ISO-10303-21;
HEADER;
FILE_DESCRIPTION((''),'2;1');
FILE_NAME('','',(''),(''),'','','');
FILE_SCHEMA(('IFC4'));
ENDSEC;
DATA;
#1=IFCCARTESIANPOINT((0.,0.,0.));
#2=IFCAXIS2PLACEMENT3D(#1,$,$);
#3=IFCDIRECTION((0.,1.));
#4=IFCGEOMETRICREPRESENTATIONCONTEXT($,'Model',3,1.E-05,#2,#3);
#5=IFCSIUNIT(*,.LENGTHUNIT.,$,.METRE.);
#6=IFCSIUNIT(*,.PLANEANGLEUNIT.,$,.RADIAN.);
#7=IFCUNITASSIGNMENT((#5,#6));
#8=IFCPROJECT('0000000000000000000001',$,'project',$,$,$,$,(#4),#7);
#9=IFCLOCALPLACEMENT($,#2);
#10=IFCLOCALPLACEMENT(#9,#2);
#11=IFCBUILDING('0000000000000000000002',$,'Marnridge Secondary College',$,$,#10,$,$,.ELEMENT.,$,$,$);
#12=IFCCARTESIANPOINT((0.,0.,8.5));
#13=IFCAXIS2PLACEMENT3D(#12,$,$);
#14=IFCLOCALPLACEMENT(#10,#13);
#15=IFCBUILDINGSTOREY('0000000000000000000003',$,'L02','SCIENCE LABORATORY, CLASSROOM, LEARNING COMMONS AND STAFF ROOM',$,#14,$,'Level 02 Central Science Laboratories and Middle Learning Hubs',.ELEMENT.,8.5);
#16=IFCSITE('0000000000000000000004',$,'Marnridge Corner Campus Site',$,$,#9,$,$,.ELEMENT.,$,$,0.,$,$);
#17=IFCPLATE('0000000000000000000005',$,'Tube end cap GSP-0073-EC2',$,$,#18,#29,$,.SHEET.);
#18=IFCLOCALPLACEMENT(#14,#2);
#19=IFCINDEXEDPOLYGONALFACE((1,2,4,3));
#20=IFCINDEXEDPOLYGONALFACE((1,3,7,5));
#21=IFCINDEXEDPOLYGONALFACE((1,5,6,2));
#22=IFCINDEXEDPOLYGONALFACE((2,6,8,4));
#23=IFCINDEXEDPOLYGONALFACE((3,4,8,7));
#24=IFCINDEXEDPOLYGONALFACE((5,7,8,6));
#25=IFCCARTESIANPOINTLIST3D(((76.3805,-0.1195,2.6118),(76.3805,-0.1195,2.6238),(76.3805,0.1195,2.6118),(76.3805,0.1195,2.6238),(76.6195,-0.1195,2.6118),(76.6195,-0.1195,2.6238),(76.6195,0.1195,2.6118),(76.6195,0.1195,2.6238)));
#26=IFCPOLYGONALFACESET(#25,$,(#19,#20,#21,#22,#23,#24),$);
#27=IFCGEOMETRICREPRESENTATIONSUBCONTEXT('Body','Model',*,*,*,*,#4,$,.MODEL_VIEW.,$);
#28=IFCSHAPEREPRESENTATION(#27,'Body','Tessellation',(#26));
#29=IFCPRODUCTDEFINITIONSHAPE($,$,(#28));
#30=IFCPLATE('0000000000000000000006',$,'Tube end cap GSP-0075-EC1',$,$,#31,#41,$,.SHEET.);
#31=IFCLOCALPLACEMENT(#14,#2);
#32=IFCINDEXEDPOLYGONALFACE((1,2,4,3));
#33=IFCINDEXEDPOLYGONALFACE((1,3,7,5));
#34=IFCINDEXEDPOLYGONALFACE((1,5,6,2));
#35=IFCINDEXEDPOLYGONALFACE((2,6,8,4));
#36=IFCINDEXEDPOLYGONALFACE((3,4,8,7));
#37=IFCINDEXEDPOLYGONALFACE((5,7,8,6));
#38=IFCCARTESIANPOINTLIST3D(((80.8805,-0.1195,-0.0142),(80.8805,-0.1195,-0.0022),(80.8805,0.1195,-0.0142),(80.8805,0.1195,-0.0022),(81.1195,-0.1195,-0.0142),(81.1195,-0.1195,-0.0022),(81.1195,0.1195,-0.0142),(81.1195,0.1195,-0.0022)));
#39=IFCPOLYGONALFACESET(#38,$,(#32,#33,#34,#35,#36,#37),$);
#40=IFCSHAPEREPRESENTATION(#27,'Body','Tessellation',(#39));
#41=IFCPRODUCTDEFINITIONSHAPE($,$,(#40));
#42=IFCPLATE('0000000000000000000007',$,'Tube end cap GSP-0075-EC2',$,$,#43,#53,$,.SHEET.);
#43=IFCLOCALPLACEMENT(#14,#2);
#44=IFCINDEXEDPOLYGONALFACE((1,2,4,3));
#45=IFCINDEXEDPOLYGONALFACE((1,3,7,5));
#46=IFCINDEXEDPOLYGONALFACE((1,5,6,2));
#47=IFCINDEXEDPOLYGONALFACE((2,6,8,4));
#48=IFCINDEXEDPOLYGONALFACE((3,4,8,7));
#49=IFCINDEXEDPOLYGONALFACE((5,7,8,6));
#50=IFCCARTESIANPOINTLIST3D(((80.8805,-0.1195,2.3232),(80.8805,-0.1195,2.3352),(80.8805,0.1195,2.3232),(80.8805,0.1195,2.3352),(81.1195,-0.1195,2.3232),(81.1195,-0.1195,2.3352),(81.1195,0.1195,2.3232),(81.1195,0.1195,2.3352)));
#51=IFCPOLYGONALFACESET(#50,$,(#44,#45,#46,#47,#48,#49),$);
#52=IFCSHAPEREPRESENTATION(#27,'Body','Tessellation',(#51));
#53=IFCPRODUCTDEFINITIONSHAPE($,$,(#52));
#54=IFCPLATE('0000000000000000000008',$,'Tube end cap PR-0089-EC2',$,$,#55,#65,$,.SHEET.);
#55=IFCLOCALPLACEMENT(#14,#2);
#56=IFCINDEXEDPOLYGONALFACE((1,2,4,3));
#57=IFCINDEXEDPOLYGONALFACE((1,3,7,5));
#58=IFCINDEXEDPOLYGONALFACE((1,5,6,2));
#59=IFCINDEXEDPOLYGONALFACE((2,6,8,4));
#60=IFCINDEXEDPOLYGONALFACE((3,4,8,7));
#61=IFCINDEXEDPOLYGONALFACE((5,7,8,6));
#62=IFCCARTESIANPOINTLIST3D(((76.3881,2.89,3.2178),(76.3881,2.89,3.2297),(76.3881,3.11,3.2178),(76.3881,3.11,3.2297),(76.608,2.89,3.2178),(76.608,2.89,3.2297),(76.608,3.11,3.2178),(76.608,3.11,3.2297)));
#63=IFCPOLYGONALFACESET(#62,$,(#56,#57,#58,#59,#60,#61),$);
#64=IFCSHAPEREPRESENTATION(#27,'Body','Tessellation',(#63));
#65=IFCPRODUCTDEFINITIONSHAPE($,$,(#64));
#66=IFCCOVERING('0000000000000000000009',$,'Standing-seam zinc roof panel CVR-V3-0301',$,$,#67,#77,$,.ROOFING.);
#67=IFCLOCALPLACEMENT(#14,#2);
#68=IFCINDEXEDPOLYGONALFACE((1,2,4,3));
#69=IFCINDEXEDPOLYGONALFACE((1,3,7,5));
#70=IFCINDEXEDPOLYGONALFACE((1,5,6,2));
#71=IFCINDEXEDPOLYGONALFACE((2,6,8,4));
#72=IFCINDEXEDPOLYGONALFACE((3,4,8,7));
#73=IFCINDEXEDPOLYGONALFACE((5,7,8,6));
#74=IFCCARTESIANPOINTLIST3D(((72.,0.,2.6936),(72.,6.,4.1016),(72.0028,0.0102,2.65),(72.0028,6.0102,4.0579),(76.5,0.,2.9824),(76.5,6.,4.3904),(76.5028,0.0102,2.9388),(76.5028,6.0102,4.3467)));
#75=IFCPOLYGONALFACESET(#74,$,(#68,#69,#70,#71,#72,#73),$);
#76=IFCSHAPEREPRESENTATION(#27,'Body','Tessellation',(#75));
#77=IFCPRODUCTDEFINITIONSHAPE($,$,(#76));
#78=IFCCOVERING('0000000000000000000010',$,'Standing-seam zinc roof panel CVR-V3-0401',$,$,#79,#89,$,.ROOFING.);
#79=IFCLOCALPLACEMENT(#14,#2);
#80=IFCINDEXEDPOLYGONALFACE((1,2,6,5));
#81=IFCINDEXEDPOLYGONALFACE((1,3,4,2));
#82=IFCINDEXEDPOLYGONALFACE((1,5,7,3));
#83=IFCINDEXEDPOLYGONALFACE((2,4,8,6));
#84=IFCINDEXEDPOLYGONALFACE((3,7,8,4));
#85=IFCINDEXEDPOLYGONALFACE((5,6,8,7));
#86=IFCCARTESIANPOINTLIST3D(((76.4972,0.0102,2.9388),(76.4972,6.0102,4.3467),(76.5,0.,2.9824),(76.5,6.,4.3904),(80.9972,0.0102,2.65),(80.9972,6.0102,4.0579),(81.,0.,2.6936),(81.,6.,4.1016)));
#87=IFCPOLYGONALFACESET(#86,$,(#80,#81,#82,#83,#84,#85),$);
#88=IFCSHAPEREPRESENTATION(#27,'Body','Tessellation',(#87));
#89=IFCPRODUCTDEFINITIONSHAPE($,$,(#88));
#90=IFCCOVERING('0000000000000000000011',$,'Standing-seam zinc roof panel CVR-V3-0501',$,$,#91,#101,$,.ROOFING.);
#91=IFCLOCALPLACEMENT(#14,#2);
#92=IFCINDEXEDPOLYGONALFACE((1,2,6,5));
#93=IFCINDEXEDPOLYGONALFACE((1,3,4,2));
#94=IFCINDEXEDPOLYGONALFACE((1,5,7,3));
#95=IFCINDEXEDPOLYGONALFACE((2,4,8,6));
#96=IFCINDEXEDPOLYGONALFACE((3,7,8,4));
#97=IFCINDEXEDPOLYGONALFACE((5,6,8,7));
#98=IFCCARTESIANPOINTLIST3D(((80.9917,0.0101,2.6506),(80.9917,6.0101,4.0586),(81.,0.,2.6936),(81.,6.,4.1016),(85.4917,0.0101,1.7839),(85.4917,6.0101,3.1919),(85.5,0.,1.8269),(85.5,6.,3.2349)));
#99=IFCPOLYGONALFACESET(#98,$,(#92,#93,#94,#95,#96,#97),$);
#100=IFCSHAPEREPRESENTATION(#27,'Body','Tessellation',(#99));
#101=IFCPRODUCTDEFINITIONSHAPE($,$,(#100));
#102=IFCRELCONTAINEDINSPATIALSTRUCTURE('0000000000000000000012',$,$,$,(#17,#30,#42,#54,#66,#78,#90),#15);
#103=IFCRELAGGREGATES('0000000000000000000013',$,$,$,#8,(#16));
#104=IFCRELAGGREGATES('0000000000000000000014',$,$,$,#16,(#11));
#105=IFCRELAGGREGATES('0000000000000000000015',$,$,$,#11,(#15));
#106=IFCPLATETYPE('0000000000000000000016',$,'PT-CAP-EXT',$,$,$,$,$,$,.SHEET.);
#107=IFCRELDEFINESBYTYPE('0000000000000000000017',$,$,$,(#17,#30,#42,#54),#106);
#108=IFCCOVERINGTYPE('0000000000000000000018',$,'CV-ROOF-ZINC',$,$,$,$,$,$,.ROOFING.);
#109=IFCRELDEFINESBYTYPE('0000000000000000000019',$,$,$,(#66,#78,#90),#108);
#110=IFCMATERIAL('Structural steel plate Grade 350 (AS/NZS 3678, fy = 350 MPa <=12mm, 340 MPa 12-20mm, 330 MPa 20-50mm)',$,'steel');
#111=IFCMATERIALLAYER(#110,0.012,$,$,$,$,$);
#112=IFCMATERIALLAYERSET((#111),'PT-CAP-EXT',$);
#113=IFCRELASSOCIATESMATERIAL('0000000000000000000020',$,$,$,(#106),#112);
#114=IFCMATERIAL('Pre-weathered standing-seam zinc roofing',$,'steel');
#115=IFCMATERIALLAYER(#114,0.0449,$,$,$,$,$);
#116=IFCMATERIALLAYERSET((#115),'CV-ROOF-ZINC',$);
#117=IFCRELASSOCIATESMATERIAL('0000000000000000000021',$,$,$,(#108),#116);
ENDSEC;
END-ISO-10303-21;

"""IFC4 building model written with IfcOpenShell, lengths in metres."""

from ifc_helpers import new_model, si_unit, direction, frame, origin, origin_2d, place, context, subcontext, project, spatial, polyline, rectangle, outline, extrude, material, layer, layer_set, type_object, element, save


model = new_model("IFC4")

# Units and contexts
model_context = context("Model", 3, precision=1e-05, world=origin(), true_north=direction((0.0, 1.0)))
body_context = subcontext(model_context, "Body", "Model", "MODEL_VIEW")
ifc_project = project(units=[si_unit("LENGTHUNIT", "METRE"), si_unit("PLANEANGLEUNIT", "RADIAN")], contexts=[model_context])

# Site, building, storey
site_placement = place(None, origin())
site = spatial("IfcSite", under=ifc_project, at=site_placement, Name="Marnridge Corner Campus Site", CompositionType="ELEMENT", RefElevation=0.0)
building_placement = place(site_placement, origin())
building = spatial("IfcBuilding", under=site, at=building_placement, Name="Marnridge Secondary College", CompositionType="ELEMENT")
storey_placement = place(building_placement, frame((0.0, 0.0, 8.5)))
storey = spatial("IfcBuildingStorey", under=building, at=storey_placement, Name="L02", Description="SCIENCE LABORATORY, CLASSROOM, LEARNING COMMONS AND STAFF ROOM", LongName="Level 02 Central Science Laboratories and Middle Learning Hubs", CompositionType="ELEMENT", Elevation=8.5)

# Plates
ifc_material_1 = material(Name="Structural steel plate Grade 350 (AS/NZS 3678, fy = 350 MPa <=12mm, 340 MPa 12-20mm, 330 MPa 20-50mm)", Category="steel")
ifc_layer_1 = layer(ifc_material_1, 0.012)
ifc_layer_set_1 = layer_set([ifc_layer_1], Name="PT-CAP-EXT")
plate_type = type_object("IfcPlateType", Name="PT-CAP-EXT", PredefinedType="SHEET", material=ifc_layer_set_1)
for number, where, z_axis, x_axis, name in (
    (1, (76.5, 0.0, 2.6118), (0.0, 0.0, 1.0), (1.0, 0.0, 0.0), "Tube end cap GSP-0073-EC2"),
    (2, (81.0, 0.0, -0.0142), (0.0, 0.0, 1.0), (1.0, 0.0, 0.0), "Tube end cap GSP-0075-EC1"),
    (3, (81.0, 0.0, 2.3232), (0.0, 0.0, 1.0), (1.0, 0.0, 0.0), "Tube end cap GSP-0075-EC2"),
):
    element("IfcPlate", number, at=place(storey_placement, frame(where, z_axis=z_axis, x_axis=x_axis)), inside=storey, type_object=plate_type, Name=name, PredefinedType="SHEET", context=body_context, shape_type="SweptSolid", body=[
        extrude(rectangle(XDim=0.239, YDim=0.239, at=origin_2d()), origin(), (0.0, 0.0, 1.0), 0.012),
    ])
plate_placement = place(storey_placement, frame((76.498, 3.0, 3.2178), z_axis=(0.0, 0.0, 1.0), x_axis=(1.0, 0.0, 0.0)))
element("IfcPlate", 4, at=plate_placement, inside=storey, type_object=plate_type, Name="Tube end cap PR-0089-EC2", PredefinedType="SHEET", context=body_context, shape_type="SweptSolid", body=[
    extrude(rectangle(XDim=0.22, YDim=0.22, at=origin_2d()), origin(), (0.0, 0.0, 1.0), 0.012),
])

# Coverings
ifc_material_2 = material(Name="Pre-weathered standing-seam zinc roofing", Category="steel")
ifc_layer_2 = layer(ifc_material_2, 0.0449)
ifc_layer_set_2 = layer_set([ifc_layer_2], Name="CV-ROOF-ZINC")
covering_type = type_object("IfcCoveringType", Name="CV-ROOF-ZINC", PredefinedType="ROOFING", material=ifc_layer_set_2)
covering_1_placement = place(storey_placement, frame((72.0, 0.0, 2.6936), z_axis=(-0.062363, -0.228009, 0.97166), x_axis=(0.997947, 0.0, 0.06405)))
element("IfcCovering", 5, at=covering_1_placement, inside=storey, type_object=covering_type, Name="Standing-seam zinc roof panel CVR-V3-0301", PredefinedType="ROOFING", context=body_context, shape_type="SweptSolid", body=[
    extrude(outline(polyline([(0.0, 0.0), (4.5093, 0.0), (4.5994, 6.1623), (0.0902, 6.1623), (0.0, 0.0)])), origin(), (0.0, 0.0, -1.0), 0.0449),
])
covering_2_placement = place(storey_placement, frame((76.5, 0.0, 2.9824), z_axis=(0.062363, -0.228009, 0.97166), x_axis=(0.997947, 0.0, -0.06405)))
element("IfcCovering", 6, at=covering_2_placement, inside=storey, type_object=covering_type, Name="Standing-seam zinc roof panel CVR-V3-0401", PredefinedType="ROOFING", context=body_context, shape_type="SweptSolid", body=[
    extrude(outline(polyline([(0.0, 0.0), (4.5093, 0.0), (4.4191, 6.1623), (-0.0902, 6.1623), (0.0, 0.0)])), origin(), (0.0, 0.0, -1.0), 0.0449),
])
covering_3_placement = place(storey_placement, frame((81.0, 0.0, 2.6936), z_axis=(0.184295, -0.224541, 0.956879), x_axis=(0.981953, 0.0, -0.189124)))
element("IfcCovering", 7, at=covering_3_placement, inside=storey, type_object=covering_type, Name="Standing-seam zinc roof panel CVR-V3-0501", PredefinedType="ROOFING", context=body_context, shape_type="SweptSolid", body=[
    extrude(outline(polyline([(0.0, 0.0), (4.5827, 0.0), (4.3164, 6.1572), (-0.2663, 6.1572), (0.0, 0.0)])), origin(), (0.0, 0.0, -1.0), 0.0449),
])

save(model, "model.ifc")
